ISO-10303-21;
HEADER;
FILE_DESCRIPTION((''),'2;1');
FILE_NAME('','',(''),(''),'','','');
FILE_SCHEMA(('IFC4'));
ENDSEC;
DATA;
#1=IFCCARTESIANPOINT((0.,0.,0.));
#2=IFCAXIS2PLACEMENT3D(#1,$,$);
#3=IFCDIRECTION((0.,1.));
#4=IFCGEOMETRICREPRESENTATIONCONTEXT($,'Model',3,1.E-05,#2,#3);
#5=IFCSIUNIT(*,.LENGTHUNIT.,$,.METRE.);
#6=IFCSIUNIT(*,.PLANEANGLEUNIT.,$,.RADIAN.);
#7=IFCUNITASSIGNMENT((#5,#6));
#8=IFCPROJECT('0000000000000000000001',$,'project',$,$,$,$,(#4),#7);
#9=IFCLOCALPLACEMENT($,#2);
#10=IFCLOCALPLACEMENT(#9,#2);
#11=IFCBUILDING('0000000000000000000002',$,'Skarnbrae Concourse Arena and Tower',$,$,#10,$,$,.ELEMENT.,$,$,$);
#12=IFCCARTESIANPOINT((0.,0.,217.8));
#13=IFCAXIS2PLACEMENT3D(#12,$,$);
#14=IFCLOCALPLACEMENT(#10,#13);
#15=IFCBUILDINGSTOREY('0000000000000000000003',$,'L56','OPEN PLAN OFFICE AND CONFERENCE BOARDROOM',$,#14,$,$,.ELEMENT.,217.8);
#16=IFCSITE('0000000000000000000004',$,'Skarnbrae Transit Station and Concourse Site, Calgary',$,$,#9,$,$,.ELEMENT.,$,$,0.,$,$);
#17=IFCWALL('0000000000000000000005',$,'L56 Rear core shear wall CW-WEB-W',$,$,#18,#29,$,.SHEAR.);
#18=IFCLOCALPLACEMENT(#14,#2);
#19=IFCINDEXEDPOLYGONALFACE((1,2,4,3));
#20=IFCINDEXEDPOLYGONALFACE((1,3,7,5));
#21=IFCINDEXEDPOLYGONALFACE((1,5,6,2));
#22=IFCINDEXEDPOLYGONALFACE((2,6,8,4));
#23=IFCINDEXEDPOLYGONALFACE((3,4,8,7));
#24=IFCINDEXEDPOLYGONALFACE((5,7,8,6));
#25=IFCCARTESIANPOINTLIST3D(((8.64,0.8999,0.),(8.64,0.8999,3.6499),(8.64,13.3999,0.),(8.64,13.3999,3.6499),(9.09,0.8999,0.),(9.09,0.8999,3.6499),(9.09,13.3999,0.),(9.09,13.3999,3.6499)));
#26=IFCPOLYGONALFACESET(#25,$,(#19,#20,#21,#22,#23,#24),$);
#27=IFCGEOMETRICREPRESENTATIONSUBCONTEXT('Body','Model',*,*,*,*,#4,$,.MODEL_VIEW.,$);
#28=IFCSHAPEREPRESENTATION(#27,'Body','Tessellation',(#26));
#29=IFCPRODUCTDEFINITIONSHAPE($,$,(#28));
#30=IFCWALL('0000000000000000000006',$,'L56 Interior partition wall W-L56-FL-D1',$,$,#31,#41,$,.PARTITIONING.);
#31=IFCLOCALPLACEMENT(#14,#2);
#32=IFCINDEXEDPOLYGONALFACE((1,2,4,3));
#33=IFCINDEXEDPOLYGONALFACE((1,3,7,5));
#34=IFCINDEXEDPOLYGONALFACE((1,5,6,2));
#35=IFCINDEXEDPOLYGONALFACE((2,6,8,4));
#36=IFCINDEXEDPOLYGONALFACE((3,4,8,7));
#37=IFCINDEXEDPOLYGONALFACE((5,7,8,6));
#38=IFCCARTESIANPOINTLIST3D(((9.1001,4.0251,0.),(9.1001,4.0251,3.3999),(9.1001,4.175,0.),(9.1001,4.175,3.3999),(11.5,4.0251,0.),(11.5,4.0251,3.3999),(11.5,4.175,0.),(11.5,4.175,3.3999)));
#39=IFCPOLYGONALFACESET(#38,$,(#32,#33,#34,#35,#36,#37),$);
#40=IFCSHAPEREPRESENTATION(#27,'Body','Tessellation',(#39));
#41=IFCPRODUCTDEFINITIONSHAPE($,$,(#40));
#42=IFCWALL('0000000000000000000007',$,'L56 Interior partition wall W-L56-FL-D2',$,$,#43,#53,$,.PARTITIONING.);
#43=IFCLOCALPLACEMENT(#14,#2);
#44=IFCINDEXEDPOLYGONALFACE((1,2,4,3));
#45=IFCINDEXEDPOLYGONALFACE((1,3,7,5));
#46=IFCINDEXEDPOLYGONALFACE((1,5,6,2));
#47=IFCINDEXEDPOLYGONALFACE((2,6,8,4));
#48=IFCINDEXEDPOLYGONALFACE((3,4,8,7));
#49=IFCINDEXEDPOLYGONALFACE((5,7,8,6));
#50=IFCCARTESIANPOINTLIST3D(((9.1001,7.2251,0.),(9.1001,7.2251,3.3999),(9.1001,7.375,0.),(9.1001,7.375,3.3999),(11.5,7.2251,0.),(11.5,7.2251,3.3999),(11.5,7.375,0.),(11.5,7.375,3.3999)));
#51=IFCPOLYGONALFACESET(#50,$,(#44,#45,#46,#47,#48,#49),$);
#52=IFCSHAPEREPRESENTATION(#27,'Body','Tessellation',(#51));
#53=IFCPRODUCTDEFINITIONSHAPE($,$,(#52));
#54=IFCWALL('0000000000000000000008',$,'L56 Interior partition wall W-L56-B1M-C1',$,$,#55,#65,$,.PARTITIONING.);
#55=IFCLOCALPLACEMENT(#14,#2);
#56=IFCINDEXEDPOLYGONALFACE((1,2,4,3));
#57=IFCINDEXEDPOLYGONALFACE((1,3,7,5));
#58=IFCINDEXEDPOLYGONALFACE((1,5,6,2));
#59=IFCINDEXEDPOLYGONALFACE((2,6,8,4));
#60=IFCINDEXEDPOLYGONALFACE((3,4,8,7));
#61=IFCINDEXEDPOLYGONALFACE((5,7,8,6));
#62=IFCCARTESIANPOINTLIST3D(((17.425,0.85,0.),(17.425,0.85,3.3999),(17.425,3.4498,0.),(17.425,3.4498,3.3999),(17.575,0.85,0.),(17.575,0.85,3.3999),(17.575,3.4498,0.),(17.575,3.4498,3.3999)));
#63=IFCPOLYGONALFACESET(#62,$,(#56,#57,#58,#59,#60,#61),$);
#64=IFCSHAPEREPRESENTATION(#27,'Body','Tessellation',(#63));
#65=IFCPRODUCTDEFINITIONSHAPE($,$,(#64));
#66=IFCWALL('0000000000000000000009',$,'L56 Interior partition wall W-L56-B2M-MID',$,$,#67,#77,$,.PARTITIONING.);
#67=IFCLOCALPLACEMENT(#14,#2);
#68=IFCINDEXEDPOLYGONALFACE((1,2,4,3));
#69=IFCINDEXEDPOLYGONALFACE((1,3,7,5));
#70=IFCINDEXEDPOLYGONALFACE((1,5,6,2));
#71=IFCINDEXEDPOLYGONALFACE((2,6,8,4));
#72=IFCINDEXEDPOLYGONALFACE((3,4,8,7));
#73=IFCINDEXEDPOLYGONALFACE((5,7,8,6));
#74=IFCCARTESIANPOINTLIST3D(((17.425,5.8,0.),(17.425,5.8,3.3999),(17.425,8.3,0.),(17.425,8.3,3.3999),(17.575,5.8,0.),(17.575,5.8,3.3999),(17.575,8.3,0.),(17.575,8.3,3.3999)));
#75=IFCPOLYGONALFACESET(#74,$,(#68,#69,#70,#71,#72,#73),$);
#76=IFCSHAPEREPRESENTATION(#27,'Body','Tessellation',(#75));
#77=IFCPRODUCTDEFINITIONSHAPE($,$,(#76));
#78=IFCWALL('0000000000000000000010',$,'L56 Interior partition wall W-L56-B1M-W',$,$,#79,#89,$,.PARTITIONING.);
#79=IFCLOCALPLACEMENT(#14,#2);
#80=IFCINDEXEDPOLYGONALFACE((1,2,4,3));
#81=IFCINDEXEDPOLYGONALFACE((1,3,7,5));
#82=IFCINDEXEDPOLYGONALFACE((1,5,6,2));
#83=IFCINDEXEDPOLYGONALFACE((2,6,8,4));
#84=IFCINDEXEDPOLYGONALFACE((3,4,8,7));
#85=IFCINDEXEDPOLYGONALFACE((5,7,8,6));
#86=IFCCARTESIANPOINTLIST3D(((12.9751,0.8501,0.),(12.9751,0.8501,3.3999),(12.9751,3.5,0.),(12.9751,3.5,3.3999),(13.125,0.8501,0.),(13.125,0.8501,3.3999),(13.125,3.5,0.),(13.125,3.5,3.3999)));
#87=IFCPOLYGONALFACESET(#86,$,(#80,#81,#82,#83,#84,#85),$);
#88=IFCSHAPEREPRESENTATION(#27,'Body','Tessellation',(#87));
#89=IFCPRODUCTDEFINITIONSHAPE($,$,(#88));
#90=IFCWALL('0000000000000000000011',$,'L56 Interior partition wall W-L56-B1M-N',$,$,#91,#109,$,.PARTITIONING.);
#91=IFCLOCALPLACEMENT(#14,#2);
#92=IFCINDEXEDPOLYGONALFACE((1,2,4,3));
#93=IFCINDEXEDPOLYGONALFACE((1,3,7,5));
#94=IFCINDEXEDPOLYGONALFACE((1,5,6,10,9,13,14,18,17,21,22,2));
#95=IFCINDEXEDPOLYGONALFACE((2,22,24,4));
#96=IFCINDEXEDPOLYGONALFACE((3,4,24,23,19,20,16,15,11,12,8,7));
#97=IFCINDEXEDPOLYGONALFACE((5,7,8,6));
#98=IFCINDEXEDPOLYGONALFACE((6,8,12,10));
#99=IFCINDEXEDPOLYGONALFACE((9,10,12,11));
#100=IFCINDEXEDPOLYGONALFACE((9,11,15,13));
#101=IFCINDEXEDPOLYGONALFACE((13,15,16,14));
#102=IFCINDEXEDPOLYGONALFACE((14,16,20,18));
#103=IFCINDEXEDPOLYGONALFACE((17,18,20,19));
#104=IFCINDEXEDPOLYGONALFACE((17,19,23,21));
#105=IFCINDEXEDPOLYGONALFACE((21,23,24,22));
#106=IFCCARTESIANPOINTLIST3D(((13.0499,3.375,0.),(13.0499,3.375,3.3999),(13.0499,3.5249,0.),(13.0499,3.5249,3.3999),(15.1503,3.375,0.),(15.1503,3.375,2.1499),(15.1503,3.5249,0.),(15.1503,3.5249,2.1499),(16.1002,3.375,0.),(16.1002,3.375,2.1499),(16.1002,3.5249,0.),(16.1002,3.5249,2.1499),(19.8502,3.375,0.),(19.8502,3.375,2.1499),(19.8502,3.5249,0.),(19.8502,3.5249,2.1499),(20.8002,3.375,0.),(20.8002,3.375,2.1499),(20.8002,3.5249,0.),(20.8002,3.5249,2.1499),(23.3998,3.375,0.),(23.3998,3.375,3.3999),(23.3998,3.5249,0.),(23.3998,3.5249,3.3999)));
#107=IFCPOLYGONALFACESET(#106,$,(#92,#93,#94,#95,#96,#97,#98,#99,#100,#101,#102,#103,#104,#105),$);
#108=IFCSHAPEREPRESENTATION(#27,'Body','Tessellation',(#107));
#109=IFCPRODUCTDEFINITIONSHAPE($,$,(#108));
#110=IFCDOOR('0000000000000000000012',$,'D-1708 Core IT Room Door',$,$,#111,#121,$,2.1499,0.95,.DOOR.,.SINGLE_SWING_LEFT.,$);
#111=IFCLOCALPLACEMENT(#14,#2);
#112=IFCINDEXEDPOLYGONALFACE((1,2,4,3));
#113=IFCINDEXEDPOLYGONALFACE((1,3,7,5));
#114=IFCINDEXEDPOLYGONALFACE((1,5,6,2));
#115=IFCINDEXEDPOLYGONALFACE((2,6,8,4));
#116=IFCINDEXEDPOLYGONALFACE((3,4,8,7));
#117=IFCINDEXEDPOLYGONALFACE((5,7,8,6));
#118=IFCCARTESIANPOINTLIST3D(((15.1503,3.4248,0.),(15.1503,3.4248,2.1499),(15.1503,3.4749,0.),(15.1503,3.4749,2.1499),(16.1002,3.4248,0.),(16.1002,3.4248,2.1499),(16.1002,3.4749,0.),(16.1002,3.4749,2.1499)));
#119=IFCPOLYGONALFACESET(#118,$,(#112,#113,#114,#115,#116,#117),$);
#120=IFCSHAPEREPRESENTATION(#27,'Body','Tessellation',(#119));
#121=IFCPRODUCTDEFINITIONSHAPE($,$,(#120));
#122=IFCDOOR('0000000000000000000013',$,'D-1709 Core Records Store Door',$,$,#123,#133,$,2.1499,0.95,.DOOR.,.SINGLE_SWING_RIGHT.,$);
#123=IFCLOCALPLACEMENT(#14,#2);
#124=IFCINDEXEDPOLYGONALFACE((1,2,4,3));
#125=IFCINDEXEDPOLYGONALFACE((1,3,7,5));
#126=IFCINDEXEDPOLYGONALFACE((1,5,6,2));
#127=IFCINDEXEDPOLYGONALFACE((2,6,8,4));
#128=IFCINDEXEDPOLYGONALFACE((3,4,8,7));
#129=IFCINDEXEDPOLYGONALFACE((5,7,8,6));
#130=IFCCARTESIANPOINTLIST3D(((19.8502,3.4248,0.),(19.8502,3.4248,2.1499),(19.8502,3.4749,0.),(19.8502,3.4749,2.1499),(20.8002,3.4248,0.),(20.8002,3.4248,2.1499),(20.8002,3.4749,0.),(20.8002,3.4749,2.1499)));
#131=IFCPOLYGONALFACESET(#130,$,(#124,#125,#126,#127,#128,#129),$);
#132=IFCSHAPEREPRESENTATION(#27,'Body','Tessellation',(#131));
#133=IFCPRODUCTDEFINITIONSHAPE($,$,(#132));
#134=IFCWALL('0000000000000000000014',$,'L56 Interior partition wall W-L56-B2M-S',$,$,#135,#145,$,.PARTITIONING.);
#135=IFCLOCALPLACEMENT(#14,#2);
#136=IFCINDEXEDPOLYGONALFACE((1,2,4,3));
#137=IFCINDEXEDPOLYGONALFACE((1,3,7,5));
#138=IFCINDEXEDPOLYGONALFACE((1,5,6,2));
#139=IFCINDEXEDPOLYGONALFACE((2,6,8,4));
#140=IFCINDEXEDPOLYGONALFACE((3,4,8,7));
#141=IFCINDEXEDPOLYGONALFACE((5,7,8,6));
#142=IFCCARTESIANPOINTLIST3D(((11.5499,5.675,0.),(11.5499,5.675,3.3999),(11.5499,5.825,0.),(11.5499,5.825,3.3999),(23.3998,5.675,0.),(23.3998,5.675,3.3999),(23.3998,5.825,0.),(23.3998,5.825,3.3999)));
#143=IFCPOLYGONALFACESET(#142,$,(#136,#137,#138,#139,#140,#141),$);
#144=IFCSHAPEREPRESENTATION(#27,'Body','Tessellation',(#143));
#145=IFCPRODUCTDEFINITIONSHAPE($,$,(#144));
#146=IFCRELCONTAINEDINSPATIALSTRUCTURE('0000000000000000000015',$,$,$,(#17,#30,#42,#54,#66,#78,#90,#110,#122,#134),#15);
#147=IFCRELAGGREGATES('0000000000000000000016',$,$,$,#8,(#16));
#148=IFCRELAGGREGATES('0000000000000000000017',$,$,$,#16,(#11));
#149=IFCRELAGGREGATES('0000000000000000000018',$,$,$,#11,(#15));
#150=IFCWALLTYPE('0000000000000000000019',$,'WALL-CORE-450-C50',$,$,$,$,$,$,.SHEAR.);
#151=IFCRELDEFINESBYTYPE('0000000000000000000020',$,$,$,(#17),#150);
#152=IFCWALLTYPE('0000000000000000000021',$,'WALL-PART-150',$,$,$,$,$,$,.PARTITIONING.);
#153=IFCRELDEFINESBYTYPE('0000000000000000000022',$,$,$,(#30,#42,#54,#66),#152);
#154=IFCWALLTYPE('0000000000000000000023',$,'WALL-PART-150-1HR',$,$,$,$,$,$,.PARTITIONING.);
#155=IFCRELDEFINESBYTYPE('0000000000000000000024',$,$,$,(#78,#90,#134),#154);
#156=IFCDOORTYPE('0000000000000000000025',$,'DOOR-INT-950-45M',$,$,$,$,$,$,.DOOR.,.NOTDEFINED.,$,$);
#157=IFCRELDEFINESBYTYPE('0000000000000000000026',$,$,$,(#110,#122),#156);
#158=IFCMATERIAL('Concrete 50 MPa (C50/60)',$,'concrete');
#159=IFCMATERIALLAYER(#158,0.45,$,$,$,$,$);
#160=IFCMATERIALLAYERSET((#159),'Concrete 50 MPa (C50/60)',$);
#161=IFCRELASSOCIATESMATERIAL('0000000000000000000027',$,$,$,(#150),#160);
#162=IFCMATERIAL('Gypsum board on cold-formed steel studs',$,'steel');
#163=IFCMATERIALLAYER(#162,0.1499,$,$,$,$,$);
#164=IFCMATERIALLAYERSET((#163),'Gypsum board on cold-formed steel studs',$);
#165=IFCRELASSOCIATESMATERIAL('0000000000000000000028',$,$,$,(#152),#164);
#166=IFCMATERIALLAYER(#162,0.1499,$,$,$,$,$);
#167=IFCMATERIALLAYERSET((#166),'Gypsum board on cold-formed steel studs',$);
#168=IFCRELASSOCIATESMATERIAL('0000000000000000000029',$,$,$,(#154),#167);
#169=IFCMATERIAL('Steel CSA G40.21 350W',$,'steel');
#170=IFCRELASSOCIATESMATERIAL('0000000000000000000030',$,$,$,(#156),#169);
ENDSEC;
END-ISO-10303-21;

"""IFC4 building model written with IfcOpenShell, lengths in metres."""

from ifc_helpers import new_model, si_unit, direction, frame, frame_2d, origin, place, context, subcontext, project, spatial, rectangle, extrude, source, transform, mapped, material, layer, layer_set, type_object, element, fill, save


model = new_model("IFC4")

# Units and contexts
model_context = context("Model", 3, precision=1e-05, world=origin(), true_north=direction((0.0, 1.0)))
body_context = subcontext(model_context, "Body", "Model", "MODEL_VIEW")
ifc_project = project(units=[si_unit("LENGTHUNIT", "METRE"), si_unit("PLANEANGLEUNIT", "RADIAN")], contexts=[model_context])

# Site, building, storey
site_placement = place(None, origin())
site = spatial("IfcSite", under=ifc_project, at=site_placement, Name="Skarnbrae Transit Station and Concourse Site, Calgary", CompositionType="ELEMENT", RefElevation=0.0)
building_placement = place(site_placement, origin())
building = spatial("IfcBuilding", under=site, at=building_placement, Name="Skarnbrae Concourse Arena and Tower", CompositionType="ELEMENT")
storey_placement = place(building_placement, frame((0.0, 0.0, 217.8)))
storey = spatial("IfcBuildingStorey", under=building, at=storey_placement, Name="L56", Description="OPEN PLAN OFFICE AND CONFERENCE BOARDROOM", CompositionType="ELEMENT", Elevation=217.8)

# Wall
ifc_material_1 = material(Name="Concrete 50 MPa (C50/60)", Category="concrete")
ifc_layer_1 = layer(ifc_material_1, 0.45)
ifc_layer_set_1 = layer_set([ifc_layer_1], Name="Concrete 50 MPa (C50/60)")
wall_type_1 = type_object("IfcWallType", Name="WALL-CORE-450-C50", PredefinedType="SHEAR", material=ifc_layer_set_1)
shared_shape_1 = source(origin(), body_context, "Body", "SweptSolid", [
    extrude(rectangle(XDim=12.5, YDim=0.45, at=frame_2d((6.25, 0.0))), origin(), (0.0, 0.0, 1.0), 3.6499),
])
wall_1_placement = place(storey_placement, frame((8.865, 0.8999, 0.0), z_axis=(0.0, 0.0, 1.0), x_axis=(0.0, 1.0, 0.0)))
element("IfcWall", 1, at=wall_1_placement, inside=storey, type_object=wall_type_1, Name="L56 Rear core shear wall CW-WEB-W", PredefinedType="SHEAR", context=body_context, shape_type="MappedRepresentation", body=[
    mapped(shared_shape_1, transform((0.0, 0.0, 0.0))),
])

# Shared definitions
ifc_material_2 = material(Name="Gypsum board on cold-formed steel studs", Category="steel")
ifc_material_3 = material(Name="Steel CSA G40.21 350W", Category="steel")

# Walls
ifc_layer_2 = layer(ifc_material_2, 0.1499)
ifc_layer_set_2 = layer_set([ifc_layer_2], Name="Gypsum board on cold-formed steel studs")
wall_type_2 = type_object("IfcWallType", Name="WALL-PART-150", PredefinedType="PARTITIONING", material=ifc_layer_set_2)
shared_shape_2 = source(origin(), body_context, "Body", "SweptSolid", [
    extrude(rectangle(XDim=2.3999, YDim=0.1499, at=frame_2d((1.2, 0.0))), origin(), (0.0, 0.0, 1.0), 3.3999),
])
for number, where, z_axis, x_axis, name in (
    (2, (9.1001, 4.1001, 0.0), (0.0, 0.0, 1.0), (1.0, 0.0, 0.0), "L56 Interior partition wall W-L56-FL-D1"),
    (3, (9.1001, 7.3, 0.0), (0.0, 0.0, 1.0), (1.0, 0.0, 0.0), "L56 Interior partition wall W-L56-FL-D2"),
):
    element("IfcWall", number, at=place(storey_placement, frame(where, z_axis=z_axis, x_axis=x_axis)), inside=storey, type_object=wall_type_2, Name=name, PredefinedType="PARTITIONING", context=body_context, shape_type="MappedRepresentation", body=[
        mapped(shared_shape_2, transform((0.0, 0.0, 0.0))),
    ])
shared_shape_3 = source(origin(), body_context, "Body", "SweptSolid", [
    extrude(rectangle(XDim=2.5999, YDim=0.1499, at=frame_2d((1.2998, 0.0))), origin(), (0.0, 0.0, 1.0), 3.3999),
])
wall_2_placement = place(storey_placement, frame((17.5, 0.8501, 0.0), z_axis=(0.0, 0.0, 1.0), x_axis=(0.0, 1.0, 0.0)))
element("IfcWall", 4, at=wall_2_placement, inside=storey, type_object=wall_type_2, Name="L56 Interior partition wall W-L56-B1M-C1", PredefinedType="PARTITIONING", context=body_context, shape_type="MappedRepresentation", body=[
    mapped(shared_shape_3, transform((0.0, 0.0, 0.0))),
])
shared_shape_4 = source(origin(), body_context, "Body", "SweptSolid", [
    extrude(rectangle(XDim=2.5, YDim=0.1499, at=frame_2d((1.25, 0.0))), origin(), (0.0, 0.0, 1.0), 3.3999),
])
wall_3_placement = place(storey_placement, frame((17.5, 5.8, 0.0), z_axis=(0.0, 0.0, 1.0), x_axis=(0.0, 1.0, 0.0)))
element("IfcWall", 5, at=wall_3_placement, inside=storey, type_object=wall_type_2, Name="L56 Interior partition wall W-L56-B2M-MID", PredefinedType="PARTITIONING", context=body_context, shape_type="MappedRepresentation", body=[
    mapped(shared_shape_4, transform((0.0, 0.0, 0.0))),
])
ifc_layer_3 = layer(ifc_material_2, 0.1499)
ifc_layer_set_3 = layer_set([ifc_layer_3], Name="Gypsum board on cold-formed steel studs")
wall_type_3 = type_object("IfcWallType", Name="WALL-PART-150-1HR", PredefinedType="PARTITIONING", material=ifc_layer_set_3)
shared_shape_5 = source(origin(), body_context, "Body", "SweptSolid", [
    extrude(rectangle(XDim=2.6499, YDim=0.1499, at=frame_2d((1.325, 0.0))), origin(), (0.0, 0.0, 1.0), 3.3999),
])
wall_4_placement = place(storey_placement, frame((13.05, 0.8501, 0.0), z_axis=(0.0, 0.0, 1.0), x_axis=(0.0, 1.0, 0.0)))
element("IfcWall", 6, at=wall_4_placement, inside=storey, type_object=wall_type_3, Name="L56 Interior partition wall W-L56-B1M-W", PredefinedType="PARTITIONING", context=body_context, shape_type="MappedRepresentation", body=[
    mapped(shared_shape_5, transform((0.0, 0.0, 0.0))),
])

# Wall, openings, doors
shared_shape_6 = source(origin(), body_context, "Body", "SweptSolid", [
    extrude(rectangle(XDim=10.3499, YDim=0.1499, at=frame_2d((5.1748, 0.0))), origin(), (0.0, 0.0, 1.0), 3.3999),
])
wall_5_placement = place(storey_placement, frame((13.05, 3.45, 0.0), z_axis=(0.0, 0.0, 1.0), x_axis=(1.0, 0.0, 0.0)))
wall_5 = element("IfcWall", 7, at=wall_5_placement, inside=storey, type_object=wall_type_3, Name="L56 Interior partition wall W-L56-B1M-N", PredefinedType="PARTITIONING", context=body_context, shape_type="MappedRepresentation", body=[
    mapped(shared_shape_6, transform((0.0, 0.0, 0.0))),
])
opening_1_placement = place(wall_5_placement, frame((2.1001, 0.0, 0.0)))
opening_1 = element("IfcOpeningElement", 8, at=opening_1_placement, cuts=wall_5, PredefinedType="OPENING", context=body_context, shape_type="SweptSolid", body=[
    extrude(rectangle(XDim=0.95, YDim=2.1499, at=frame_2d((0.4751, 1.075))), frame((0.0, 0.085, 0.0), z_axis=(0.0, -1.0, 0.0), x_axis=(1.0, 0.0, 0.0)), (0.0, 0.0, 1.0), 0.1699),
])
opening_2_placement = place(wall_5_placement, frame((6.8, 0.0, 0.0)))
opening_2 = element("IfcOpeningElement", 9, at=opening_2_placement, cuts=wall_5, PredefinedType="OPENING", context=body_context, shape_type="SweptSolid", body=[
    extrude(rectangle(XDim=0.95, YDim=2.1499, at=frame_2d((0.4751, 1.075))), frame((0.0, 0.085, 0.0), z_axis=(0.0, -1.0, 0.0), x_axis=(1.0, 0.0, 0.0)), (0.0, 0.0, 1.0), 0.1699),
])
door_type_1 = type_object("IfcDoorType", Name="DOOR-INT-950-45M", OperationType="NOTDEFINED", PredefinedType="DOOR", material=ifc_material_3)
shared_shape_7 = source(origin(), body_context, "Body", "SweptSolid", [
    extrude(rectangle(XDim=0.95, YDim=2.1499, at=frame_2d((0.4751, 1.075))), frame((0.0, 0.0249, 0.0), z_axis=(0.0, -1.0, 0.0), x_axis=(1.0, 0.0, 0.0)), (0.0, 0.0, 1.0), 0.05),
])
door_1_placement = place(opening_1_placement, origin())
door_1 = element("IfcDoor", 10, at=door_1_placement, inside=storey, type_object=door_type_1, Name="D-1708 Core IT Room Door", OperationType="SINGLE_SWING_LEFT", OverallHeight=2.1499, OverallWidth=0.95, PredefinedType="DOOR", context=body_context, shape_type="MappedRepresentation", body=[
    mapped(shared_shape_7, transform((0.0, 0.0, 0.0))),
])
fill(opening_1, door_1)
door_2_placement = place(opening_2_placement, origin())
door_2 = element("IfcDoor", 11, at=door_2_placement, inside=storey, type_object=door_type_1, Name="D-1709 Core Records Store Door", OperationType="SINGLE_SWING_RIGHT", OverallHeight=2.1499, OverallWidth=0.95, PredefinedType="DOOR", context=body_context, shape_type="MappedRepresentation", body=[
    mapped(shared_shape_7, transform((0.0, 0.0, 0.0))),
])
fill(opening_2, door_2)

# Wall
shared_shape_8 = source(origin(), body_context, "Body", "SweptSolid", [
    extrude(rectangle(XDim=11.8499, YDim=0.1499, at=frame_2d((5.9248, 0.0))), origin(), (0.0, 0.0, 1.0), 3.3999),
])
wall_6_placement = place(storey_placement, frame((11.55, 5.75, 0.0), z_axis=(0.0, 0.0, 1.0), x_axis=(1.0, 0.0, 0.0)))
element("IfcWall", 12, at=wall_6_placement, inside=storey, type_object=wall_type_3, Name="L56 Interior partition wall W-L56-B2M-S", PredefinedType="PARTITIONING", context=body_context, shape_type="MappedRepresentation", body=[
    mapped(shared_shape_8, transform((0.0, 0.0, 0.0))),
])

save(model, "model.ifc")
